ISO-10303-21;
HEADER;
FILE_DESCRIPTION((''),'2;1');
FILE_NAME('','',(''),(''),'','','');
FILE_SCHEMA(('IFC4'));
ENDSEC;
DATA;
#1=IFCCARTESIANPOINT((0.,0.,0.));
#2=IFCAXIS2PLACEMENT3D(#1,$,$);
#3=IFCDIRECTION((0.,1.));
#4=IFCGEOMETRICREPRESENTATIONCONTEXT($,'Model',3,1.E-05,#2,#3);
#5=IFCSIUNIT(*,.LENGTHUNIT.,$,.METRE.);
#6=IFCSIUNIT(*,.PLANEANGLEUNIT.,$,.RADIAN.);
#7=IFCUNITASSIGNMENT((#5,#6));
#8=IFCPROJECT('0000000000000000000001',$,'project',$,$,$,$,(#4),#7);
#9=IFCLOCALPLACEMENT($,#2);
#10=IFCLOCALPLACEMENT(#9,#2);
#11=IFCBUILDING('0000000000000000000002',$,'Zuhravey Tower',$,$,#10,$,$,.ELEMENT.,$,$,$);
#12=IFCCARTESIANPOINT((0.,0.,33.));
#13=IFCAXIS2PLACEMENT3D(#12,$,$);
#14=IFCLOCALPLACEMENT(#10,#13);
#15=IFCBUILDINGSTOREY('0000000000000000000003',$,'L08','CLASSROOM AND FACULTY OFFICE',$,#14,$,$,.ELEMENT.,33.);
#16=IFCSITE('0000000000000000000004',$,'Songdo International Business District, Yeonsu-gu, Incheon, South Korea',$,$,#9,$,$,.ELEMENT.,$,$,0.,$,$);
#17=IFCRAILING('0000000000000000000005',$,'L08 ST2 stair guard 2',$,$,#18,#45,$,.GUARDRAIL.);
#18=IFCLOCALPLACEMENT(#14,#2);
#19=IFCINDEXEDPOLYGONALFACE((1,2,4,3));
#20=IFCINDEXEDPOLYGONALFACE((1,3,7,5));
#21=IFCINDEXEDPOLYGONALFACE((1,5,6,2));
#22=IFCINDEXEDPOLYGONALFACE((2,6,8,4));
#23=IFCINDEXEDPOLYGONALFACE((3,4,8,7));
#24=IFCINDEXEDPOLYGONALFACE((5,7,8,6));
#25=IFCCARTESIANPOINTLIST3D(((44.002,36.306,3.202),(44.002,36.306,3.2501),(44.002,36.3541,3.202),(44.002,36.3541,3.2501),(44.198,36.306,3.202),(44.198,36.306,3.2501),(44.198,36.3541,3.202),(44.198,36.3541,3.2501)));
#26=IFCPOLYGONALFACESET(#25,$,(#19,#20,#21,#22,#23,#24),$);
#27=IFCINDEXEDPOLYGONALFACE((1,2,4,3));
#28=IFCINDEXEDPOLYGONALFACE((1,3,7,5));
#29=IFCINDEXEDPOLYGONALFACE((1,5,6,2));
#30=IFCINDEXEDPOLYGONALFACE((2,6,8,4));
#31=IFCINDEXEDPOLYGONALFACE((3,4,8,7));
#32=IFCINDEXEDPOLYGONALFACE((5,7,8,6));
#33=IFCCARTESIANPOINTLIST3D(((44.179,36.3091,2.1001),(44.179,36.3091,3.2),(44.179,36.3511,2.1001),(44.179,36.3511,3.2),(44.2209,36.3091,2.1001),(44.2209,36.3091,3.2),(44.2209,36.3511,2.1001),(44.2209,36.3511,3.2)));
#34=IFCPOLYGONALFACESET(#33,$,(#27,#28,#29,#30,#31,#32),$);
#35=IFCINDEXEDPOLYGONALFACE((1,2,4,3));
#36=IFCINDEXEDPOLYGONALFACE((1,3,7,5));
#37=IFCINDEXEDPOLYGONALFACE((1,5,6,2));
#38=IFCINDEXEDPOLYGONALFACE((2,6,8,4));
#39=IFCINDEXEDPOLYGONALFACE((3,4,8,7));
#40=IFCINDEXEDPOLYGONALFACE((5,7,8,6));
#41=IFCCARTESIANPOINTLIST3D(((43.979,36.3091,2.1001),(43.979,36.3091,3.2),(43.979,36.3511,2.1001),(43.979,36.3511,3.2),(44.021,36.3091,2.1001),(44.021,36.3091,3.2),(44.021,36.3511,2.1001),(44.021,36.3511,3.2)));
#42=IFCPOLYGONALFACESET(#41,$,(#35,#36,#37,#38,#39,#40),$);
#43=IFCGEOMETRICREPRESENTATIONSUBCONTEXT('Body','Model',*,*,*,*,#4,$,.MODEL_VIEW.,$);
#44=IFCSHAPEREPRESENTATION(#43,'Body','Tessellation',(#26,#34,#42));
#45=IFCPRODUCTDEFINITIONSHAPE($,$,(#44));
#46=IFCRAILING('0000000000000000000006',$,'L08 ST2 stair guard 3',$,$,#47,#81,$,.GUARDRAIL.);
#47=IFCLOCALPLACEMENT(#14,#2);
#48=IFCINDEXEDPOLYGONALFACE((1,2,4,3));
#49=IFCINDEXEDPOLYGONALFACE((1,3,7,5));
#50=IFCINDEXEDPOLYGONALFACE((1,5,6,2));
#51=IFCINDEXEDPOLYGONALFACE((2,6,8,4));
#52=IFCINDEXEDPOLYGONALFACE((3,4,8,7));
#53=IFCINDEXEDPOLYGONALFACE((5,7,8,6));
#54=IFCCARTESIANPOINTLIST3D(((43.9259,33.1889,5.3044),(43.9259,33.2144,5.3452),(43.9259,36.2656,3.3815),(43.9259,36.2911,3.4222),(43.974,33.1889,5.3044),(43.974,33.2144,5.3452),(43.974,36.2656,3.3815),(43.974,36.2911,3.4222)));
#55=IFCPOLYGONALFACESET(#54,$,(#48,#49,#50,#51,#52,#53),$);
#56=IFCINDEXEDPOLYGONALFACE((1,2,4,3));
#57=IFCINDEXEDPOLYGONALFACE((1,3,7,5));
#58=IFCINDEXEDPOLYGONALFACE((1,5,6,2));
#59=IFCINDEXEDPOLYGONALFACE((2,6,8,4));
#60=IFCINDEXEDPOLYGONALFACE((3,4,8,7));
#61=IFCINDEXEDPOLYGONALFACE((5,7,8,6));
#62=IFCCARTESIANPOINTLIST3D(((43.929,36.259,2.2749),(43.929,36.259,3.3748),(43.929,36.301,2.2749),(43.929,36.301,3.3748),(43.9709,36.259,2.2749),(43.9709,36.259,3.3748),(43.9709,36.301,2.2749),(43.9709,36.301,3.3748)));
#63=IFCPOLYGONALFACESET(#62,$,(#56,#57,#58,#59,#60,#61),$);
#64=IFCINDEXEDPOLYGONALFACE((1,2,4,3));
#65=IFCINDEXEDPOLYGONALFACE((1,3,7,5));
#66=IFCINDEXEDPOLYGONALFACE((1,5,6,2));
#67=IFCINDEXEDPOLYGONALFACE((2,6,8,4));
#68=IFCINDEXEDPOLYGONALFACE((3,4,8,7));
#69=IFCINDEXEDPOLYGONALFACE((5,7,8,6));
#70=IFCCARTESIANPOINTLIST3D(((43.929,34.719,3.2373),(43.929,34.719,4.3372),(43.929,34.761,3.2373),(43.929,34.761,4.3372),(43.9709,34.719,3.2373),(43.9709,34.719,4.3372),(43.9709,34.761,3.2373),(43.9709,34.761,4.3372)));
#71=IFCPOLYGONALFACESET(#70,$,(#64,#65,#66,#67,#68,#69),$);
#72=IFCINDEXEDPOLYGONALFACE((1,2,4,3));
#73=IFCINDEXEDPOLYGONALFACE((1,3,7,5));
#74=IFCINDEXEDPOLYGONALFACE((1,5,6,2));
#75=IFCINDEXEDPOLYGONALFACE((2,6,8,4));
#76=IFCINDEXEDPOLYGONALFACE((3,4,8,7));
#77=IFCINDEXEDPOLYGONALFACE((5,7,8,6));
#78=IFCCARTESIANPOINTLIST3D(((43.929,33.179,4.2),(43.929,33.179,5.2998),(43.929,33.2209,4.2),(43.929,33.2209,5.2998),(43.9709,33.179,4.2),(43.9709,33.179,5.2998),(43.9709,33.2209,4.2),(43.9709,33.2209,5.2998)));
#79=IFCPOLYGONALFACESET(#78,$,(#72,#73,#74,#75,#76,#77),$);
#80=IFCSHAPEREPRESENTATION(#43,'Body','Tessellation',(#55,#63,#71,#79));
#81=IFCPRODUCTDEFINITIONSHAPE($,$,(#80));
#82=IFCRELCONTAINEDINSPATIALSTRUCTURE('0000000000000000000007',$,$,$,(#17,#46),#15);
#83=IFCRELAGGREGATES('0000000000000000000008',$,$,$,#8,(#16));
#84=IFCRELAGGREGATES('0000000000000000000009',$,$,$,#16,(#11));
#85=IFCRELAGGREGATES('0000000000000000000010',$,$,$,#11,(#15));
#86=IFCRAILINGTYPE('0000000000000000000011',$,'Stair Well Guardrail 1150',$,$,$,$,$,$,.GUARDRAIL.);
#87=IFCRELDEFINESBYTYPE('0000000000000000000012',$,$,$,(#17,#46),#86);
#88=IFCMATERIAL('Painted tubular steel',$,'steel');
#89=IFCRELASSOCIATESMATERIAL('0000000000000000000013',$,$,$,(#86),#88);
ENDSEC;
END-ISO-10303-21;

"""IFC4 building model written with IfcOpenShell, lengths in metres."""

from ifc_helpers import new_model, si_unit, direction, frame, origin, origin_2d, place, context, subcontext, project, spatial, rectangle, extrude, material, type_object, element, save


model = new_model("IFC4")

# Units and contexts
model_context = context("Model", 3, precision=1e-05, world=origin(), true_north=direction((0.0, 1.0)))
body_context = subcontext(model_context, "Body", "Model", "MODEL_VIEW")
ifc_project = project(units=[si_unit("LENGTHUNIT", "METRE"), si_unit("PLANEANGLEUNIT", "RADIAN")], contexts=[model_context])

# Site, building, storey
site_placement = place(None, origin())
site = spatial("IfcSite", under=ifc_project, at=site_placement, Name="Songdo International Business District, Yeonsu-gu, Incheon, South Korea", CompositionType="ELEMENT", RefElevation=0.0)
building_placement = place(site_placement, origin())
building = spatial("IfcBuilding", under=site, at=building_placement, Name="Zuhravey Tower", CompositionType="ELEMENT")
storey_placement = place(building_placement, frame((0.0, 0.0, 33.0)))
storey = spatial("IfcBuildingStorey", under=building, at=storey_placement, Name="L08", Description="CLASSROOM AND FACULTY OFFICE", CompositionType="ELEMENT", Elevation=33.0)

# Railings
ifc_material_1 = material(Name="Painted tubular steel", Category="steel")
railing_type_1 = type_object("IfcRailingType", Name="Stair Well Guardrail 1150", PredefinedType="GUARDRAIL", material=ifc_material_1)
railing_1_placement = place(storey_placement, frame((44.2, 36.3301, 2.1001)))
element("IfcRailing", 1, at=railing_1_placement, inside=storey, type_object=railing_type_1, Name="L08 ST2 stair guard 2", PredefinedType="GUARDRAIL", context=body_context, shape_type="SweptSolid", body=[
    extrude(rectangle(XDim=0.0481, YDim=0.0481, at=origin_2d()), frame((-0.002, 0.0, 1.126), z_axis=(-1.0, 0.0, 0.0), x_axis=(0.0, -1.0, 0.0)), (0.0, 0.0, 1.0), 0.196),
    extrude(rectangle(XDim=0.042, YDim=0.042, at=origin_2d()), origin(), (0.0, 0.0, 1.0), 1.0999),
    extrude(rectangle(XDim=0.042, YDim=0.042, at=origin_2d()), frame((-0.2, 0.0, 0.0)), (0.0, 0.0, 1.0), 1.0999),
])
railing_2_placement = place(storey_placement, frame((43.95, 36.28, 2.2749)))
element("IfcRailing", 2, at=railing_2_placement, inside=storey, type_object=railing_type_1, Name="L08 ST2 stair guard 3", PredefinedType="GUARDRAIL", context=body_context, shape_type="SweptSolid", body=[
    extrude(rectangle(XDim=0.0481, YDim=0.0481, at=origin_2d()), frame((0.0, -0.0017, 1.127), z_axis=(0.0, -0.847998, 0.529999), x_axis=(1.0, 0.0, 0.0)), (0.0, 0.0, 1.0), 3.6282),
    extrude(rectangle(XDim=0.042, YDim=0.042, at=origin_2d()), origin(), (0.0, 0.0, 1.0), 1.0999),
    extrude(rectangle(XDim=0.042, YDim=0.042, at=origin_2d()), frame((0.0, -1.54, 0.9624)), (0.0, 0.0, 1.0), 1.0999),
    extrude(rectangle(XDim=0.042, YDim=0.042, at=origin_2d()), frame((0.0, -3.0801, 1.925)), (0.0, 0.0, 1.0), 1.0999),
])

save(model, "model.ifc")
